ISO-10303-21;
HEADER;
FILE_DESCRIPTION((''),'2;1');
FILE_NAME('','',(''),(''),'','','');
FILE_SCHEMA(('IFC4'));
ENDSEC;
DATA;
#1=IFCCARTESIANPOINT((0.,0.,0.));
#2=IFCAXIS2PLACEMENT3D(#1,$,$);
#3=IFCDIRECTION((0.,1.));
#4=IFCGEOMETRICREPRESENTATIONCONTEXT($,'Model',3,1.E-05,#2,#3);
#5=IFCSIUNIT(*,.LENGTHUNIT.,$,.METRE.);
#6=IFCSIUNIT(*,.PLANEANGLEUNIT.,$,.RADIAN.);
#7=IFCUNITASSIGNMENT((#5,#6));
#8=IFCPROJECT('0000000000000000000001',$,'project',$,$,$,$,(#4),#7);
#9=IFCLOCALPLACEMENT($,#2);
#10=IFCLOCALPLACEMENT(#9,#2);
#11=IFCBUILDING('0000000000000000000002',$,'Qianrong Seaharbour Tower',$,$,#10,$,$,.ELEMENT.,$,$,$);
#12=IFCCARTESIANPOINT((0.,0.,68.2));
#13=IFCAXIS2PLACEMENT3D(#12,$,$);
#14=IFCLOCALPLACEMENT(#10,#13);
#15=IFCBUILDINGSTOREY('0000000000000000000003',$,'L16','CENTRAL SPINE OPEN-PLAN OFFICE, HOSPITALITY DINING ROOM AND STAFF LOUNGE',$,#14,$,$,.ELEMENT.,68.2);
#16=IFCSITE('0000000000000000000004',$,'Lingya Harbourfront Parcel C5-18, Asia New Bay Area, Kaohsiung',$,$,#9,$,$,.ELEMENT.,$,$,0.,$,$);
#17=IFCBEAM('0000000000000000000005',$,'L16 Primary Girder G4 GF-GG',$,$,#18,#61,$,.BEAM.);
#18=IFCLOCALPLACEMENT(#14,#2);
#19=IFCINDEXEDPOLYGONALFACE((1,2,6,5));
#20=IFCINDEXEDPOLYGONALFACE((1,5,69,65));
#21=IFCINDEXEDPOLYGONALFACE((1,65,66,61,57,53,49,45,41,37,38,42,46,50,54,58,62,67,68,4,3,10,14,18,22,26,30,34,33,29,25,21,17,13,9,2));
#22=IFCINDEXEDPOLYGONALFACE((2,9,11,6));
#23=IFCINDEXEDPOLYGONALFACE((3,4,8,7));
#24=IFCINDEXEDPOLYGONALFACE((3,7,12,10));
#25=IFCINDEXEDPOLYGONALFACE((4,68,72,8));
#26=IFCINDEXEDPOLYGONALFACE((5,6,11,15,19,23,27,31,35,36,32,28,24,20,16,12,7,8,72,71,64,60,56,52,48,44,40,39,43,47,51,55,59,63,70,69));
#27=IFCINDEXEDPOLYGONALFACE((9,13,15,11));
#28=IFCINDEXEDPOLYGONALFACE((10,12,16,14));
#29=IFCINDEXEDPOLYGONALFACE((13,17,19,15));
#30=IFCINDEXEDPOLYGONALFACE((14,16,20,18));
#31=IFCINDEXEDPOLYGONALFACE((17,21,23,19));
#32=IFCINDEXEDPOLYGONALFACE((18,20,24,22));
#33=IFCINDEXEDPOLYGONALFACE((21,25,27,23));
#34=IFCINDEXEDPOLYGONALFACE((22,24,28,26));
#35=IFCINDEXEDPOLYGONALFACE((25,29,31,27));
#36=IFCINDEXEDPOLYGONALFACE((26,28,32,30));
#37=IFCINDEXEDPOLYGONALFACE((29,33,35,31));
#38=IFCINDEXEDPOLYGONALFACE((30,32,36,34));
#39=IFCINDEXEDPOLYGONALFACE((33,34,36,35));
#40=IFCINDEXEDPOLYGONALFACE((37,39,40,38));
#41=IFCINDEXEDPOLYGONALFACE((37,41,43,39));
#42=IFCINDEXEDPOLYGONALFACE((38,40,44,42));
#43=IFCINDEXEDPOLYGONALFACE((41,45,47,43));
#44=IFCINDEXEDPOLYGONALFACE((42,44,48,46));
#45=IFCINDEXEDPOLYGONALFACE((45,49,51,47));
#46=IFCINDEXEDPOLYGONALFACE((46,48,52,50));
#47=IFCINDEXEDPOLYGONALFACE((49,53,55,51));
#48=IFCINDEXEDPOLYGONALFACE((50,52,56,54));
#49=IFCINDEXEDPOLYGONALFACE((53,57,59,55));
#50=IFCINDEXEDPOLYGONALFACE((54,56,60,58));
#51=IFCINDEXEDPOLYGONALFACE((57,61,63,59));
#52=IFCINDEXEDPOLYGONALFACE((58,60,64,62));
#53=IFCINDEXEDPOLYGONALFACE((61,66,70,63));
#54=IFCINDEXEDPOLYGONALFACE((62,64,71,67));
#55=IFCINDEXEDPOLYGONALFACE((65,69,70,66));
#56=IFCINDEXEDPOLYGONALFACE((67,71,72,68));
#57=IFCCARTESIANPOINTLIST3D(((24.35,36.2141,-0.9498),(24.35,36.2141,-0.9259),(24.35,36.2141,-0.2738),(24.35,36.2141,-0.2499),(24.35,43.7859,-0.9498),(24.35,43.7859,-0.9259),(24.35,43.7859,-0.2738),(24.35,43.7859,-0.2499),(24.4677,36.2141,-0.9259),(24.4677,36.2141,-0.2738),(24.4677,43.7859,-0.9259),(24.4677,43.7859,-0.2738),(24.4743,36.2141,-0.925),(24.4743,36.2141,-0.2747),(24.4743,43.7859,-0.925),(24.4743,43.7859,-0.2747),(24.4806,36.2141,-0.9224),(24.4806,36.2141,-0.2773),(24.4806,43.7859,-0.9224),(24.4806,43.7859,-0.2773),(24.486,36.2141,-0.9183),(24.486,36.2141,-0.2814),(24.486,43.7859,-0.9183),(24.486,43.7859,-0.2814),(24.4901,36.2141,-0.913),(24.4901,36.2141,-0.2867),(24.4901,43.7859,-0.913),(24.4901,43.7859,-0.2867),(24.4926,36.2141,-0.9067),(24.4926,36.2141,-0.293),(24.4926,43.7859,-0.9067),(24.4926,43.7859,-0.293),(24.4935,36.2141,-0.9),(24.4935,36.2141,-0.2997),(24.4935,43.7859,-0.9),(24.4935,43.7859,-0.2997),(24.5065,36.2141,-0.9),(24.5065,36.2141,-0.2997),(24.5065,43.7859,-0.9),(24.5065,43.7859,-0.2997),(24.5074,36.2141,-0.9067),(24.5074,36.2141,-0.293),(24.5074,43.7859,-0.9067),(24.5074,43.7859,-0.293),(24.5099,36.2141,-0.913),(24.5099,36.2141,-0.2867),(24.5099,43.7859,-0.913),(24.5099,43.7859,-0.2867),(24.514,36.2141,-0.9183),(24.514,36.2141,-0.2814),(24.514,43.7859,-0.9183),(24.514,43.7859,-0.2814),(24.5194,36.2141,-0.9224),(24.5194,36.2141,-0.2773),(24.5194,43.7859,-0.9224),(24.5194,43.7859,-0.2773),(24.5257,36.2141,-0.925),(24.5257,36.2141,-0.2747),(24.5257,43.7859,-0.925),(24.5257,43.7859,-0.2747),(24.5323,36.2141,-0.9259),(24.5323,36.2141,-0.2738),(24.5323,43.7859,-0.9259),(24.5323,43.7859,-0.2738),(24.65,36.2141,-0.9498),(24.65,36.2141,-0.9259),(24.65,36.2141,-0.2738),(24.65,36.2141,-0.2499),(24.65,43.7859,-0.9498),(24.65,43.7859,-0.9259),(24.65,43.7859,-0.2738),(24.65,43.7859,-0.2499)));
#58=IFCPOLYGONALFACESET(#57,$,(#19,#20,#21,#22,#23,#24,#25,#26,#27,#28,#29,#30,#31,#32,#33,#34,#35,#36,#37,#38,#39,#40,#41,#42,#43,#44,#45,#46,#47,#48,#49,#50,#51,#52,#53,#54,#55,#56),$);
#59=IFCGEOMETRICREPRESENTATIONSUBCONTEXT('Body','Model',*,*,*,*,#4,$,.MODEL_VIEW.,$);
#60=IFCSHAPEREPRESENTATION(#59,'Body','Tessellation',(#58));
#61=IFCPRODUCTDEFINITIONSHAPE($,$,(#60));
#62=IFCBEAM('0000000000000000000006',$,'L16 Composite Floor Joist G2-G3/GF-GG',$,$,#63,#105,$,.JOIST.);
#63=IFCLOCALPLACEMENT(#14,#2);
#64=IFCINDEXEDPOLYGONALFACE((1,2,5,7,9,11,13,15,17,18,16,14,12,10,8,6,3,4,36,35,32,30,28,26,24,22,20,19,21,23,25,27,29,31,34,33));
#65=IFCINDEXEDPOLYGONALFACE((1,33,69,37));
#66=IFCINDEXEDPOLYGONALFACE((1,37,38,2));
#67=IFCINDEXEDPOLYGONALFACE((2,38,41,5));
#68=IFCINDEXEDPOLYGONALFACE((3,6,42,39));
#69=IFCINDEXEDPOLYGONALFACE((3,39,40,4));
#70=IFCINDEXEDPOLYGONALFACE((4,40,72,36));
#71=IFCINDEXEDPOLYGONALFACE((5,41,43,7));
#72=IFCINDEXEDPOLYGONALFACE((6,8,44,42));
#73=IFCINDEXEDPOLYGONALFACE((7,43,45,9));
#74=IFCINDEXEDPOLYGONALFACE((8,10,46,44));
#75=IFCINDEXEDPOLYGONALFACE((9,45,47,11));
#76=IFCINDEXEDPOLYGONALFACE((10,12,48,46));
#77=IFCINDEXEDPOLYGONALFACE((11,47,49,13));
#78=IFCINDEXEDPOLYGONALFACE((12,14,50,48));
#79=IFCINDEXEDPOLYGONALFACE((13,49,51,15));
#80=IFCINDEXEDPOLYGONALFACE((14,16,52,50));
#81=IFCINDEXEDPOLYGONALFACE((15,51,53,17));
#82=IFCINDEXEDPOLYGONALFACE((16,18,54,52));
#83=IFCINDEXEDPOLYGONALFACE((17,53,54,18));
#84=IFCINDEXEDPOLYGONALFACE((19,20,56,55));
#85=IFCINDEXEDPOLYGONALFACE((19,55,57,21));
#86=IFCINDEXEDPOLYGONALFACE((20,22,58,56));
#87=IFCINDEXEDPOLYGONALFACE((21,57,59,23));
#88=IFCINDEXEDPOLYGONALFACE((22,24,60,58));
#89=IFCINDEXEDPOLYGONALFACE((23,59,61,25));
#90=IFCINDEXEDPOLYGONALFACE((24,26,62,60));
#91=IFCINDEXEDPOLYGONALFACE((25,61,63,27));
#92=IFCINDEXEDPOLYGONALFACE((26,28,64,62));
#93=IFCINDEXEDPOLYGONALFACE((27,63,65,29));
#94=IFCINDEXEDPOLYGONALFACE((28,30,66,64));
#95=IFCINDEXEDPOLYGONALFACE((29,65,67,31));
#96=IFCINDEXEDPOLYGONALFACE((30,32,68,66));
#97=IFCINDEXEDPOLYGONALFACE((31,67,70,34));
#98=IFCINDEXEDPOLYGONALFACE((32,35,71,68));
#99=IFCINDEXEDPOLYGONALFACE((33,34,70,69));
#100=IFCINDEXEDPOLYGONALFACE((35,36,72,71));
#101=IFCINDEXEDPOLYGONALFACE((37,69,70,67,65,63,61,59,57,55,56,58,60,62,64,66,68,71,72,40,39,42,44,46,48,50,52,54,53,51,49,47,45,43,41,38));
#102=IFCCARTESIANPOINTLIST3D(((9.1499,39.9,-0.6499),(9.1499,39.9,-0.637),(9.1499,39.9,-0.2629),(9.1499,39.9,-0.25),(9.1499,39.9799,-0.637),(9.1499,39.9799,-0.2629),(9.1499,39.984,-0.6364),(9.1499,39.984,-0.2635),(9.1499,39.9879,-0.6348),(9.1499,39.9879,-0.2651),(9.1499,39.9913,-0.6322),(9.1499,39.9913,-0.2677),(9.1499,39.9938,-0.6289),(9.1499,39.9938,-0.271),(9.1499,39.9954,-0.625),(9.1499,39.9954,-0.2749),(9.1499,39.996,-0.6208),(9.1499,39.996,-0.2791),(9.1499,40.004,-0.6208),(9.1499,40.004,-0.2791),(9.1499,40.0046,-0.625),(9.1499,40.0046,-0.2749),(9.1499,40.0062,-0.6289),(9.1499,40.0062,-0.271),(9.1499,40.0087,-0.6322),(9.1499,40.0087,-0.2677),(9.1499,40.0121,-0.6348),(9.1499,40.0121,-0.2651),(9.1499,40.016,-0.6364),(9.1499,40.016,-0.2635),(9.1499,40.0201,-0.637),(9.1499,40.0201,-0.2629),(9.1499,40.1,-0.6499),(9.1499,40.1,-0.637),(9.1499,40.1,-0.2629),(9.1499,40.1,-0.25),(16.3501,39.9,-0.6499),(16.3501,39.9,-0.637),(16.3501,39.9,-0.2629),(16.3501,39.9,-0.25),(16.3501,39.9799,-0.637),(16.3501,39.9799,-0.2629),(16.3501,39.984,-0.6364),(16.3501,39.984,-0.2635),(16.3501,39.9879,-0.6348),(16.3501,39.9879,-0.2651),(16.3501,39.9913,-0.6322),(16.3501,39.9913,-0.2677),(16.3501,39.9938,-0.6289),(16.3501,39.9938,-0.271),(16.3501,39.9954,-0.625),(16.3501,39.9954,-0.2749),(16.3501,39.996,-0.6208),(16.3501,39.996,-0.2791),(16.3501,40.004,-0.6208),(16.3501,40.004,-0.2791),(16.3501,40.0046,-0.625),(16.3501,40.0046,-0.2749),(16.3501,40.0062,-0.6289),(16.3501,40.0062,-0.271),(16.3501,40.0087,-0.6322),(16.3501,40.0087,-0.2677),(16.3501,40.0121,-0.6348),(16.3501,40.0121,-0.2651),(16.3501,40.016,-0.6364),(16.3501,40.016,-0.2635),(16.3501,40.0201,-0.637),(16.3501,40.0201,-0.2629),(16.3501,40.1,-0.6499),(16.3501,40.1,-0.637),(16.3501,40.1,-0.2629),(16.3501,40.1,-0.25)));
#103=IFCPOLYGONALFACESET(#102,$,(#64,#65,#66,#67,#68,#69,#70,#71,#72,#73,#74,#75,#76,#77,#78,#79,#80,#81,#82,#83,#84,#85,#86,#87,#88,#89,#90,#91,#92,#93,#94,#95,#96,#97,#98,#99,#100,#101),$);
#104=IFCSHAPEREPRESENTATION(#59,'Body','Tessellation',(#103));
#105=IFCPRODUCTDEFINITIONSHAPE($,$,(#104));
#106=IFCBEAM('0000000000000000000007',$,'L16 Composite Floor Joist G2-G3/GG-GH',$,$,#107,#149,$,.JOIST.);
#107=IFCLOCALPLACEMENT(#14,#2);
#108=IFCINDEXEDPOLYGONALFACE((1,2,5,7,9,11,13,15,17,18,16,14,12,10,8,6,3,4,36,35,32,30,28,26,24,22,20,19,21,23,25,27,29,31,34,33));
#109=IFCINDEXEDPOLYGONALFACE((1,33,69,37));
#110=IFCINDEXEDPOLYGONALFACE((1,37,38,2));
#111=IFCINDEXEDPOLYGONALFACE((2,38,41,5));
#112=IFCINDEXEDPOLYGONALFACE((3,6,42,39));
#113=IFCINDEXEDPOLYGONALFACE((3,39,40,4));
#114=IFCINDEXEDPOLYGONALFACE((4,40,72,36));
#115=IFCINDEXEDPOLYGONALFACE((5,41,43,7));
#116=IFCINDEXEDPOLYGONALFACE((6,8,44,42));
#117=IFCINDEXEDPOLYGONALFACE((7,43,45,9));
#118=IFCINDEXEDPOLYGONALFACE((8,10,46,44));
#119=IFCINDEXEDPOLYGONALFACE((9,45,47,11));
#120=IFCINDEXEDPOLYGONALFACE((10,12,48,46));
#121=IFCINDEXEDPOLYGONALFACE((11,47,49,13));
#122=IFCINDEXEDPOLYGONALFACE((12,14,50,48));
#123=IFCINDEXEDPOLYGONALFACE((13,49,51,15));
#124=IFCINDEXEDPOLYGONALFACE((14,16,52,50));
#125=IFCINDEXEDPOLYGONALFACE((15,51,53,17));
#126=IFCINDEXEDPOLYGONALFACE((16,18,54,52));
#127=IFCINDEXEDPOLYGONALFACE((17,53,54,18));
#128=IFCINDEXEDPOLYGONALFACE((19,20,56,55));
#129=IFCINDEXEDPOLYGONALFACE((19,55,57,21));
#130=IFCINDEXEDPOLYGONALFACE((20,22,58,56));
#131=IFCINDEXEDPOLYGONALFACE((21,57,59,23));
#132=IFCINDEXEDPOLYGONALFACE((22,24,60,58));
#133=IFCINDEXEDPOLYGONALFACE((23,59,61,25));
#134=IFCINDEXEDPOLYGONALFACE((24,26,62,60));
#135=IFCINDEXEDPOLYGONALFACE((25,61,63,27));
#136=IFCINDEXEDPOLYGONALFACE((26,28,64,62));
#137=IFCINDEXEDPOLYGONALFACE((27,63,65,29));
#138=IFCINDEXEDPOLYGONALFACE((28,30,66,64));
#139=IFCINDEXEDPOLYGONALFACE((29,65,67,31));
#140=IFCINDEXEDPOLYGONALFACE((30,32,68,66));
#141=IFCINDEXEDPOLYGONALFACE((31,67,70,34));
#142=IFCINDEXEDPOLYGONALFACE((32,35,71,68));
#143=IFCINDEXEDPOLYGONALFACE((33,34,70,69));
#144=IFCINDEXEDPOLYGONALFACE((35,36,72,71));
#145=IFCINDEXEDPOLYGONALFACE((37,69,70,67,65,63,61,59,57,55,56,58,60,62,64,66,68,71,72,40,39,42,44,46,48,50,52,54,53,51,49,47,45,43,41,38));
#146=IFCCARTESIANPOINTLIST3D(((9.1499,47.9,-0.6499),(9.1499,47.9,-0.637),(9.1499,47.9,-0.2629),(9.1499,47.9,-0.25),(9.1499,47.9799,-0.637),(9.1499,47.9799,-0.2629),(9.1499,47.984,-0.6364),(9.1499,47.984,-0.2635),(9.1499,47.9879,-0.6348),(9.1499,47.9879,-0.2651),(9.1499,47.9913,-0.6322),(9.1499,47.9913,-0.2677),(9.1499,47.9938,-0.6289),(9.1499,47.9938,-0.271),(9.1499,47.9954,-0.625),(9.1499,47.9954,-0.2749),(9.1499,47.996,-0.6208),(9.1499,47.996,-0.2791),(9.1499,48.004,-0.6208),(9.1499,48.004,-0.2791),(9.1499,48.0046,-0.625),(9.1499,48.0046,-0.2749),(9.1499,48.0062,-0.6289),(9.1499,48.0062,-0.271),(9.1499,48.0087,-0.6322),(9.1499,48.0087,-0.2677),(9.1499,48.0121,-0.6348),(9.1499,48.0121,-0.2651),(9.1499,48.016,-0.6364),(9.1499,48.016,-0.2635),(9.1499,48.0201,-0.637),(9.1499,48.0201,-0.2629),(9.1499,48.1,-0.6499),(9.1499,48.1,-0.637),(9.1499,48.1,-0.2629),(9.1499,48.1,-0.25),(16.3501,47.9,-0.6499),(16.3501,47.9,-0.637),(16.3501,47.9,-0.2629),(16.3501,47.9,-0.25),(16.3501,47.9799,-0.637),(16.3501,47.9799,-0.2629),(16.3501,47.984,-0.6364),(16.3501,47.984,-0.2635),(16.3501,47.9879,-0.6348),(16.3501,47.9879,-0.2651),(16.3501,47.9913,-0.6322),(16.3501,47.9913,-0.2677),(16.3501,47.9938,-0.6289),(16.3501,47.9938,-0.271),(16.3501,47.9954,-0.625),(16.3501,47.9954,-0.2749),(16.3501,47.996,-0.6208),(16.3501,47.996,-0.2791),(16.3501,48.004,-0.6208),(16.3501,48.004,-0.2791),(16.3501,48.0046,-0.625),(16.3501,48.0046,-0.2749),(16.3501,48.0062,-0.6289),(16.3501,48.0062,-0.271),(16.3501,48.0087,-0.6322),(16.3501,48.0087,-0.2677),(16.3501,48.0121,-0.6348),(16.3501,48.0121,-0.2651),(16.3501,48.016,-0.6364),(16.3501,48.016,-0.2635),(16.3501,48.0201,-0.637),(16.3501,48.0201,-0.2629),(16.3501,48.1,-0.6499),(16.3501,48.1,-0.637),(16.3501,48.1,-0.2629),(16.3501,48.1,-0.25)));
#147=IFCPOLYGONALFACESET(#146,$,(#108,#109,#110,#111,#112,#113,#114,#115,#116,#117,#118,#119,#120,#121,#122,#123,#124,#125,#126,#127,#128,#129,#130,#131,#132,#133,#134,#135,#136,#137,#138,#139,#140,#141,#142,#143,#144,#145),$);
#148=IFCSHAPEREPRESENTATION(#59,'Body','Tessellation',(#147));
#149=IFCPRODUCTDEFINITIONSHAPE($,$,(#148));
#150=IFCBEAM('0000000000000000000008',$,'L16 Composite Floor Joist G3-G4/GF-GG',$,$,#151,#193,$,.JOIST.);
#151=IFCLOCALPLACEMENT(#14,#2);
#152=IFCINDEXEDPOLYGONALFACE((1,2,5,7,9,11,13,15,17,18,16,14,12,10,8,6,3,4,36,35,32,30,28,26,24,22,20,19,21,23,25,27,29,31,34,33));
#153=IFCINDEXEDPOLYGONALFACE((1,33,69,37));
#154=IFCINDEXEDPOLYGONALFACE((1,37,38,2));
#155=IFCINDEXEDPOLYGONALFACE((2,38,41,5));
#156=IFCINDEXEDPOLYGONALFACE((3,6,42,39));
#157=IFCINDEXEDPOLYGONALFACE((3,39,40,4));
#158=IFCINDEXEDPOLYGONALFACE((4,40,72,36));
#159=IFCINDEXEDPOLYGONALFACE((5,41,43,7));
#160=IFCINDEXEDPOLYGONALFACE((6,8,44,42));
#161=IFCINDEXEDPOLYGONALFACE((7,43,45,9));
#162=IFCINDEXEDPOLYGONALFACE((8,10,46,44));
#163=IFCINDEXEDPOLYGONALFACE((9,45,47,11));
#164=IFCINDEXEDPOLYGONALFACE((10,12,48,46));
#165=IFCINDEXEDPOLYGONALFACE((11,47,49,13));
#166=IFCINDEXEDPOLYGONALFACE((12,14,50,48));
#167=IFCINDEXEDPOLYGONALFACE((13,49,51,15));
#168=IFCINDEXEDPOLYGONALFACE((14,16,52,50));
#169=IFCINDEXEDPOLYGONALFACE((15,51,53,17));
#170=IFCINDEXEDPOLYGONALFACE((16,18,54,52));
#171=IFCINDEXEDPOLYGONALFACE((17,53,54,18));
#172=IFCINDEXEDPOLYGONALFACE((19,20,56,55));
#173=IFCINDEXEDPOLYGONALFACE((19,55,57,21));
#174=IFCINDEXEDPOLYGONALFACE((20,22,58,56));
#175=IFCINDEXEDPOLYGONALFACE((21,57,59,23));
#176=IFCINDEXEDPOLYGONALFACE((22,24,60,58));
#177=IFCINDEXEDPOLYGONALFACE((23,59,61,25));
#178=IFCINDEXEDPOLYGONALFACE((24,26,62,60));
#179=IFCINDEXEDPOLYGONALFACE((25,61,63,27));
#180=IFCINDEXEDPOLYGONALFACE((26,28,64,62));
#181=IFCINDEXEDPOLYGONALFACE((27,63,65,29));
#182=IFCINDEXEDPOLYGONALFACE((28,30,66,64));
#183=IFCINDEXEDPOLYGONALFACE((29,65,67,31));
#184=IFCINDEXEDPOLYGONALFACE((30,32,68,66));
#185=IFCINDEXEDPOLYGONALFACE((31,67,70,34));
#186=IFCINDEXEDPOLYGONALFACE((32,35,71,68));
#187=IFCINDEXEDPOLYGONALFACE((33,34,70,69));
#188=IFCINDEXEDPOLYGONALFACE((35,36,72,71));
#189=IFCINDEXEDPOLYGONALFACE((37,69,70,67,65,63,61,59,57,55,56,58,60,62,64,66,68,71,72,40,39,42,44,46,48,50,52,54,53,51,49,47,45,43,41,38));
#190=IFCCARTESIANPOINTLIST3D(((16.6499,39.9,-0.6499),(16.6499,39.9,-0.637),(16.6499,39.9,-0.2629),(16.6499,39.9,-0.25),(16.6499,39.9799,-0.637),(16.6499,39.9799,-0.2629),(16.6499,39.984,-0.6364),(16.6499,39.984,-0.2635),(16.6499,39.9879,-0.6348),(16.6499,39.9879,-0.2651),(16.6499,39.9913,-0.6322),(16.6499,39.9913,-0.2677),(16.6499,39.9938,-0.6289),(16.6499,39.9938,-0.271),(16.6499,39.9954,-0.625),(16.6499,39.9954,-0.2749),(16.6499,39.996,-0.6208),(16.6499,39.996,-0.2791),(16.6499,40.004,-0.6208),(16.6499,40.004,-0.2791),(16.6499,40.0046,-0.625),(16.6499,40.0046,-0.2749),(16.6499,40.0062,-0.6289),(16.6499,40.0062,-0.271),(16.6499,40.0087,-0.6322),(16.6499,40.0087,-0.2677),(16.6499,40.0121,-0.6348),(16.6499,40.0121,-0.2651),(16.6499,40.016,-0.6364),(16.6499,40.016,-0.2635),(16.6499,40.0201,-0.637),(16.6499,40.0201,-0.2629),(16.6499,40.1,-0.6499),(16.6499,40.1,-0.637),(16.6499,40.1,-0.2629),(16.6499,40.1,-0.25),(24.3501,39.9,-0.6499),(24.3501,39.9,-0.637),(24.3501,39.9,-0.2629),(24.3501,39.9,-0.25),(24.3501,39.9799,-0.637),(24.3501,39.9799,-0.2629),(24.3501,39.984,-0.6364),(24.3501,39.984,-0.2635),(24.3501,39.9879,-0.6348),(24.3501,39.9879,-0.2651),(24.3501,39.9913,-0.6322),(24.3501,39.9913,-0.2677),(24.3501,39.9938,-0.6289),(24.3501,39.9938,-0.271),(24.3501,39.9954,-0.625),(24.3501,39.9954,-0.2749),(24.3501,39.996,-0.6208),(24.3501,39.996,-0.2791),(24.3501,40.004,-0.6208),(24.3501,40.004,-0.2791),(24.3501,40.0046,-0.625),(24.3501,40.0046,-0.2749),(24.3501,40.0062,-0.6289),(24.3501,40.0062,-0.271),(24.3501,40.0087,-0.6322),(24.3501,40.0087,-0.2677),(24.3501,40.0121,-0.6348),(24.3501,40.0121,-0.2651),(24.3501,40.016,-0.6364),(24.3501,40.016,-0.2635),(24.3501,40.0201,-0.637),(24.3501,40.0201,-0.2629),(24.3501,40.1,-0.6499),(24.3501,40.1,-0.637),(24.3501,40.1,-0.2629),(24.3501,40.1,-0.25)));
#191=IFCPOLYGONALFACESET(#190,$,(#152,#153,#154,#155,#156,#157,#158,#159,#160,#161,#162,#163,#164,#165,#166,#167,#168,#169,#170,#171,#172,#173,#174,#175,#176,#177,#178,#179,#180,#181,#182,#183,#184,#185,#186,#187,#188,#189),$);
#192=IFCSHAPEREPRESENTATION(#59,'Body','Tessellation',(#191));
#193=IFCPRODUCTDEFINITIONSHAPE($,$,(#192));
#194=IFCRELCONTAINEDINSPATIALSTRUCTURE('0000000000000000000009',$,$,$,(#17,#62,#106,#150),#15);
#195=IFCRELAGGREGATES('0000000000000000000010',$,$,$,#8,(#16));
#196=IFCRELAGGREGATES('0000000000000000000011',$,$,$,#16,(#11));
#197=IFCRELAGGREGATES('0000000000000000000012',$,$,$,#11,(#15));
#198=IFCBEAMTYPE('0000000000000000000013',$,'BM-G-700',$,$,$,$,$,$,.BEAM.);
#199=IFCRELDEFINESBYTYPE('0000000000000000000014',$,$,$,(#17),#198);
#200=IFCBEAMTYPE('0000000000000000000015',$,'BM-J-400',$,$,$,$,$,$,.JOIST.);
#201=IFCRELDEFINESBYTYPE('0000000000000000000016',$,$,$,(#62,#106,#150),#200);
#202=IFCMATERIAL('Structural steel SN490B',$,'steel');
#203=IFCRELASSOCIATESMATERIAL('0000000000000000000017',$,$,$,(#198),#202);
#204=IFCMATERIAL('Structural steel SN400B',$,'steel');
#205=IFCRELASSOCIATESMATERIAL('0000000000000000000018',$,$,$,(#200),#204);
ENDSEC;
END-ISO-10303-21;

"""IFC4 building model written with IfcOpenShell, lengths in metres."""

from ifc_helpers import new_model, si_unit, direction, frame, origin, origin_2d, place, context, subcontext, project, spatial, i_section, extrude, material, material_profile, profile_set, type_object, element, save


model = new_model("IFC4")

# Units and contexts
model_context = context("Model", 3, precision=1e-05, world=origin(), true_north=direction((0.0, 1.0)))
body_context = subcontext(model_context, "Body", "Model", "MODEL_VIEW")
ifc_project = project(units=[si_unit("LENGTHUNIT", "METRE"), si_unit("PLANEANGLEUNIT", "RADIAN")], contexts=[model_context])

# Site, building, storey
site_placement = place(None, origin())
site = spatial("IfcSite", under=ifc_project, at=site_placement, Name="Lingya Harbourfront Parcel C5-18, Asia New Bay Area, Kaohsiung", CompositionType="ELEMENT", RefElevation=0.0)
building_placement = place(site_placement, origin())
building = spatial("IfcBuilding", under=site, at=building_placement, Name="Qianrong Seaharbour Tower", CompositionType="ELEMENT")
storey_placement = place(building_placement, frame((0.0, 0.0, 68.2)))
storey = spatial("IfcBuildingStorey", under=building, at=storey_placement, Name="L16", Description="CENTRAL SPINE OPEN-PLAN OFFICE, HOSPITALITY DINING ROOM AND STAFF LOUNGE", CompositionType="ELEMENT", Elevation=68.2)

# Shared definitions
ifc_material_1 = material(Name="Structural steel SN490B", Category="steel")

# Beams
ifc_material_profile_1 = material_profile(ifc_material_1, i_section(OverallWidth=0.3, OverallDepth=0.7, WebThickness=0.0129, FlangeThickness=0.0239, FilletRadius=0.0259, at=origin_2d()), Name="H700x300x13x24")
ifc_profile_set_1 = profile_set([ifc_material_profile_1], Name="Structural steel SN490B")
beam_type_1 = type_object("IfcBeamType", Name="BM-G-700", PredefinedType="BEAM", material=ifc_profile_set_1)
beam_1_placement = place(storey_placement, frame((24.5, 36.2141, -0.5999), z_axis=(0.0, 1.0, 0.0), x_axis=(-1.0, 0.0, 0.0)))
element("IfcBeam", 1, at=beam_1_placement, inside=storey, type_object=beam_type_1, Name="L16 Primary Girder G4 GF-GG", PredefinedType="BEAM", context=body_context, shape_type="SweptSolid", body=[
    extrude(i_section(OverallWidth=0.3, OverallDepth=0.7, WebThickness=0.0129, FlangeThickness=0.0239, FilletRadius=0.0259, at=origin_2d()), origin(), (0.0, 0.0, 1.0), 7.5718),
])
ifc_material_2 = material(Name="Structural steel SN400B", Category="steel")
ifc_material_profile_2 = material_profile(ifc_material_2, i_section(OverallWidth=0.2, OverallDepth=0.3999, WebThickness=0.0081, FlangeThickness=0.0129, FilletRadius=0.0161, at=origin_2d()), Name="H400x200x8x13")
ifc_profile_set_2 = profile_set([ifc_material_profile_2], Name="Structural steel SN400B")
beam_type_2 = type_object("IfcBeamType", Name="BM-J-400", PredefinedType="JOIST", material=ifc_profile_set_2)
for number, where, z_axis, x_axis, name in (
    (2, (9.1499, 40.0, -0.45), (1.0, 0.0, 0.0), (0.0, 1.0, 0.0), "L16 Composite Floor Joist G2-G3/GF-GG"),
    (3, (9.1499, 48.0, -0.45), (1.0, 0.0, 0.0), (0.0, 1.0, 0.0), "L16 Composite Floor Joist G2-G3/GG-GH"),
):
    element("IfcBeam", number, at=place(storey_placement, frame(where, z_axis=z_axis, x_axis=x_axis)), inside=storey, type_object=beam_type_2, Name=name, PredefinedType="JOIST", context=body_context, shape_type="SweptSolid", body=[
        extrude(i_section(OverallWidth=0.2, OverallDepth=0.3999, WebThickness=0.0081, FlangeThickness=0.0129, FilletRadius=0.0161, at=origin_2d()), origin(), (0.0, 0.0, 1.0), 7.2002),
    ])
for number, where, z_axis, x_axis, name in (
    (4, (16.6499, 40.0, -0.45), (1.0, 0.0, 0.0), (0.0, 1.0, 0.0), "L16 Composite Floor Joist G3-G4/GF-GG"),
):
    element("IfcBeam", number, at=place(storey_placement, frame(where, z_axis=z_axis, x_axis=x_axis)), inside=storey, type_object=beam_type_2, Name=name, PredefinedType="JOIST", context=body_context, shape_type="SweptSolid", body=[
        extrude(i_section(OverallWidth=0.2, OverallDepth=0.3999, WebThickness=0.0081, FlangeThickness=0.0129, FilletRadius=0.0161, at=origin_2d()), origin(), (0.0, 0.0, 1.0), 7.7002),
    ])

save(model, "model.ifc")
